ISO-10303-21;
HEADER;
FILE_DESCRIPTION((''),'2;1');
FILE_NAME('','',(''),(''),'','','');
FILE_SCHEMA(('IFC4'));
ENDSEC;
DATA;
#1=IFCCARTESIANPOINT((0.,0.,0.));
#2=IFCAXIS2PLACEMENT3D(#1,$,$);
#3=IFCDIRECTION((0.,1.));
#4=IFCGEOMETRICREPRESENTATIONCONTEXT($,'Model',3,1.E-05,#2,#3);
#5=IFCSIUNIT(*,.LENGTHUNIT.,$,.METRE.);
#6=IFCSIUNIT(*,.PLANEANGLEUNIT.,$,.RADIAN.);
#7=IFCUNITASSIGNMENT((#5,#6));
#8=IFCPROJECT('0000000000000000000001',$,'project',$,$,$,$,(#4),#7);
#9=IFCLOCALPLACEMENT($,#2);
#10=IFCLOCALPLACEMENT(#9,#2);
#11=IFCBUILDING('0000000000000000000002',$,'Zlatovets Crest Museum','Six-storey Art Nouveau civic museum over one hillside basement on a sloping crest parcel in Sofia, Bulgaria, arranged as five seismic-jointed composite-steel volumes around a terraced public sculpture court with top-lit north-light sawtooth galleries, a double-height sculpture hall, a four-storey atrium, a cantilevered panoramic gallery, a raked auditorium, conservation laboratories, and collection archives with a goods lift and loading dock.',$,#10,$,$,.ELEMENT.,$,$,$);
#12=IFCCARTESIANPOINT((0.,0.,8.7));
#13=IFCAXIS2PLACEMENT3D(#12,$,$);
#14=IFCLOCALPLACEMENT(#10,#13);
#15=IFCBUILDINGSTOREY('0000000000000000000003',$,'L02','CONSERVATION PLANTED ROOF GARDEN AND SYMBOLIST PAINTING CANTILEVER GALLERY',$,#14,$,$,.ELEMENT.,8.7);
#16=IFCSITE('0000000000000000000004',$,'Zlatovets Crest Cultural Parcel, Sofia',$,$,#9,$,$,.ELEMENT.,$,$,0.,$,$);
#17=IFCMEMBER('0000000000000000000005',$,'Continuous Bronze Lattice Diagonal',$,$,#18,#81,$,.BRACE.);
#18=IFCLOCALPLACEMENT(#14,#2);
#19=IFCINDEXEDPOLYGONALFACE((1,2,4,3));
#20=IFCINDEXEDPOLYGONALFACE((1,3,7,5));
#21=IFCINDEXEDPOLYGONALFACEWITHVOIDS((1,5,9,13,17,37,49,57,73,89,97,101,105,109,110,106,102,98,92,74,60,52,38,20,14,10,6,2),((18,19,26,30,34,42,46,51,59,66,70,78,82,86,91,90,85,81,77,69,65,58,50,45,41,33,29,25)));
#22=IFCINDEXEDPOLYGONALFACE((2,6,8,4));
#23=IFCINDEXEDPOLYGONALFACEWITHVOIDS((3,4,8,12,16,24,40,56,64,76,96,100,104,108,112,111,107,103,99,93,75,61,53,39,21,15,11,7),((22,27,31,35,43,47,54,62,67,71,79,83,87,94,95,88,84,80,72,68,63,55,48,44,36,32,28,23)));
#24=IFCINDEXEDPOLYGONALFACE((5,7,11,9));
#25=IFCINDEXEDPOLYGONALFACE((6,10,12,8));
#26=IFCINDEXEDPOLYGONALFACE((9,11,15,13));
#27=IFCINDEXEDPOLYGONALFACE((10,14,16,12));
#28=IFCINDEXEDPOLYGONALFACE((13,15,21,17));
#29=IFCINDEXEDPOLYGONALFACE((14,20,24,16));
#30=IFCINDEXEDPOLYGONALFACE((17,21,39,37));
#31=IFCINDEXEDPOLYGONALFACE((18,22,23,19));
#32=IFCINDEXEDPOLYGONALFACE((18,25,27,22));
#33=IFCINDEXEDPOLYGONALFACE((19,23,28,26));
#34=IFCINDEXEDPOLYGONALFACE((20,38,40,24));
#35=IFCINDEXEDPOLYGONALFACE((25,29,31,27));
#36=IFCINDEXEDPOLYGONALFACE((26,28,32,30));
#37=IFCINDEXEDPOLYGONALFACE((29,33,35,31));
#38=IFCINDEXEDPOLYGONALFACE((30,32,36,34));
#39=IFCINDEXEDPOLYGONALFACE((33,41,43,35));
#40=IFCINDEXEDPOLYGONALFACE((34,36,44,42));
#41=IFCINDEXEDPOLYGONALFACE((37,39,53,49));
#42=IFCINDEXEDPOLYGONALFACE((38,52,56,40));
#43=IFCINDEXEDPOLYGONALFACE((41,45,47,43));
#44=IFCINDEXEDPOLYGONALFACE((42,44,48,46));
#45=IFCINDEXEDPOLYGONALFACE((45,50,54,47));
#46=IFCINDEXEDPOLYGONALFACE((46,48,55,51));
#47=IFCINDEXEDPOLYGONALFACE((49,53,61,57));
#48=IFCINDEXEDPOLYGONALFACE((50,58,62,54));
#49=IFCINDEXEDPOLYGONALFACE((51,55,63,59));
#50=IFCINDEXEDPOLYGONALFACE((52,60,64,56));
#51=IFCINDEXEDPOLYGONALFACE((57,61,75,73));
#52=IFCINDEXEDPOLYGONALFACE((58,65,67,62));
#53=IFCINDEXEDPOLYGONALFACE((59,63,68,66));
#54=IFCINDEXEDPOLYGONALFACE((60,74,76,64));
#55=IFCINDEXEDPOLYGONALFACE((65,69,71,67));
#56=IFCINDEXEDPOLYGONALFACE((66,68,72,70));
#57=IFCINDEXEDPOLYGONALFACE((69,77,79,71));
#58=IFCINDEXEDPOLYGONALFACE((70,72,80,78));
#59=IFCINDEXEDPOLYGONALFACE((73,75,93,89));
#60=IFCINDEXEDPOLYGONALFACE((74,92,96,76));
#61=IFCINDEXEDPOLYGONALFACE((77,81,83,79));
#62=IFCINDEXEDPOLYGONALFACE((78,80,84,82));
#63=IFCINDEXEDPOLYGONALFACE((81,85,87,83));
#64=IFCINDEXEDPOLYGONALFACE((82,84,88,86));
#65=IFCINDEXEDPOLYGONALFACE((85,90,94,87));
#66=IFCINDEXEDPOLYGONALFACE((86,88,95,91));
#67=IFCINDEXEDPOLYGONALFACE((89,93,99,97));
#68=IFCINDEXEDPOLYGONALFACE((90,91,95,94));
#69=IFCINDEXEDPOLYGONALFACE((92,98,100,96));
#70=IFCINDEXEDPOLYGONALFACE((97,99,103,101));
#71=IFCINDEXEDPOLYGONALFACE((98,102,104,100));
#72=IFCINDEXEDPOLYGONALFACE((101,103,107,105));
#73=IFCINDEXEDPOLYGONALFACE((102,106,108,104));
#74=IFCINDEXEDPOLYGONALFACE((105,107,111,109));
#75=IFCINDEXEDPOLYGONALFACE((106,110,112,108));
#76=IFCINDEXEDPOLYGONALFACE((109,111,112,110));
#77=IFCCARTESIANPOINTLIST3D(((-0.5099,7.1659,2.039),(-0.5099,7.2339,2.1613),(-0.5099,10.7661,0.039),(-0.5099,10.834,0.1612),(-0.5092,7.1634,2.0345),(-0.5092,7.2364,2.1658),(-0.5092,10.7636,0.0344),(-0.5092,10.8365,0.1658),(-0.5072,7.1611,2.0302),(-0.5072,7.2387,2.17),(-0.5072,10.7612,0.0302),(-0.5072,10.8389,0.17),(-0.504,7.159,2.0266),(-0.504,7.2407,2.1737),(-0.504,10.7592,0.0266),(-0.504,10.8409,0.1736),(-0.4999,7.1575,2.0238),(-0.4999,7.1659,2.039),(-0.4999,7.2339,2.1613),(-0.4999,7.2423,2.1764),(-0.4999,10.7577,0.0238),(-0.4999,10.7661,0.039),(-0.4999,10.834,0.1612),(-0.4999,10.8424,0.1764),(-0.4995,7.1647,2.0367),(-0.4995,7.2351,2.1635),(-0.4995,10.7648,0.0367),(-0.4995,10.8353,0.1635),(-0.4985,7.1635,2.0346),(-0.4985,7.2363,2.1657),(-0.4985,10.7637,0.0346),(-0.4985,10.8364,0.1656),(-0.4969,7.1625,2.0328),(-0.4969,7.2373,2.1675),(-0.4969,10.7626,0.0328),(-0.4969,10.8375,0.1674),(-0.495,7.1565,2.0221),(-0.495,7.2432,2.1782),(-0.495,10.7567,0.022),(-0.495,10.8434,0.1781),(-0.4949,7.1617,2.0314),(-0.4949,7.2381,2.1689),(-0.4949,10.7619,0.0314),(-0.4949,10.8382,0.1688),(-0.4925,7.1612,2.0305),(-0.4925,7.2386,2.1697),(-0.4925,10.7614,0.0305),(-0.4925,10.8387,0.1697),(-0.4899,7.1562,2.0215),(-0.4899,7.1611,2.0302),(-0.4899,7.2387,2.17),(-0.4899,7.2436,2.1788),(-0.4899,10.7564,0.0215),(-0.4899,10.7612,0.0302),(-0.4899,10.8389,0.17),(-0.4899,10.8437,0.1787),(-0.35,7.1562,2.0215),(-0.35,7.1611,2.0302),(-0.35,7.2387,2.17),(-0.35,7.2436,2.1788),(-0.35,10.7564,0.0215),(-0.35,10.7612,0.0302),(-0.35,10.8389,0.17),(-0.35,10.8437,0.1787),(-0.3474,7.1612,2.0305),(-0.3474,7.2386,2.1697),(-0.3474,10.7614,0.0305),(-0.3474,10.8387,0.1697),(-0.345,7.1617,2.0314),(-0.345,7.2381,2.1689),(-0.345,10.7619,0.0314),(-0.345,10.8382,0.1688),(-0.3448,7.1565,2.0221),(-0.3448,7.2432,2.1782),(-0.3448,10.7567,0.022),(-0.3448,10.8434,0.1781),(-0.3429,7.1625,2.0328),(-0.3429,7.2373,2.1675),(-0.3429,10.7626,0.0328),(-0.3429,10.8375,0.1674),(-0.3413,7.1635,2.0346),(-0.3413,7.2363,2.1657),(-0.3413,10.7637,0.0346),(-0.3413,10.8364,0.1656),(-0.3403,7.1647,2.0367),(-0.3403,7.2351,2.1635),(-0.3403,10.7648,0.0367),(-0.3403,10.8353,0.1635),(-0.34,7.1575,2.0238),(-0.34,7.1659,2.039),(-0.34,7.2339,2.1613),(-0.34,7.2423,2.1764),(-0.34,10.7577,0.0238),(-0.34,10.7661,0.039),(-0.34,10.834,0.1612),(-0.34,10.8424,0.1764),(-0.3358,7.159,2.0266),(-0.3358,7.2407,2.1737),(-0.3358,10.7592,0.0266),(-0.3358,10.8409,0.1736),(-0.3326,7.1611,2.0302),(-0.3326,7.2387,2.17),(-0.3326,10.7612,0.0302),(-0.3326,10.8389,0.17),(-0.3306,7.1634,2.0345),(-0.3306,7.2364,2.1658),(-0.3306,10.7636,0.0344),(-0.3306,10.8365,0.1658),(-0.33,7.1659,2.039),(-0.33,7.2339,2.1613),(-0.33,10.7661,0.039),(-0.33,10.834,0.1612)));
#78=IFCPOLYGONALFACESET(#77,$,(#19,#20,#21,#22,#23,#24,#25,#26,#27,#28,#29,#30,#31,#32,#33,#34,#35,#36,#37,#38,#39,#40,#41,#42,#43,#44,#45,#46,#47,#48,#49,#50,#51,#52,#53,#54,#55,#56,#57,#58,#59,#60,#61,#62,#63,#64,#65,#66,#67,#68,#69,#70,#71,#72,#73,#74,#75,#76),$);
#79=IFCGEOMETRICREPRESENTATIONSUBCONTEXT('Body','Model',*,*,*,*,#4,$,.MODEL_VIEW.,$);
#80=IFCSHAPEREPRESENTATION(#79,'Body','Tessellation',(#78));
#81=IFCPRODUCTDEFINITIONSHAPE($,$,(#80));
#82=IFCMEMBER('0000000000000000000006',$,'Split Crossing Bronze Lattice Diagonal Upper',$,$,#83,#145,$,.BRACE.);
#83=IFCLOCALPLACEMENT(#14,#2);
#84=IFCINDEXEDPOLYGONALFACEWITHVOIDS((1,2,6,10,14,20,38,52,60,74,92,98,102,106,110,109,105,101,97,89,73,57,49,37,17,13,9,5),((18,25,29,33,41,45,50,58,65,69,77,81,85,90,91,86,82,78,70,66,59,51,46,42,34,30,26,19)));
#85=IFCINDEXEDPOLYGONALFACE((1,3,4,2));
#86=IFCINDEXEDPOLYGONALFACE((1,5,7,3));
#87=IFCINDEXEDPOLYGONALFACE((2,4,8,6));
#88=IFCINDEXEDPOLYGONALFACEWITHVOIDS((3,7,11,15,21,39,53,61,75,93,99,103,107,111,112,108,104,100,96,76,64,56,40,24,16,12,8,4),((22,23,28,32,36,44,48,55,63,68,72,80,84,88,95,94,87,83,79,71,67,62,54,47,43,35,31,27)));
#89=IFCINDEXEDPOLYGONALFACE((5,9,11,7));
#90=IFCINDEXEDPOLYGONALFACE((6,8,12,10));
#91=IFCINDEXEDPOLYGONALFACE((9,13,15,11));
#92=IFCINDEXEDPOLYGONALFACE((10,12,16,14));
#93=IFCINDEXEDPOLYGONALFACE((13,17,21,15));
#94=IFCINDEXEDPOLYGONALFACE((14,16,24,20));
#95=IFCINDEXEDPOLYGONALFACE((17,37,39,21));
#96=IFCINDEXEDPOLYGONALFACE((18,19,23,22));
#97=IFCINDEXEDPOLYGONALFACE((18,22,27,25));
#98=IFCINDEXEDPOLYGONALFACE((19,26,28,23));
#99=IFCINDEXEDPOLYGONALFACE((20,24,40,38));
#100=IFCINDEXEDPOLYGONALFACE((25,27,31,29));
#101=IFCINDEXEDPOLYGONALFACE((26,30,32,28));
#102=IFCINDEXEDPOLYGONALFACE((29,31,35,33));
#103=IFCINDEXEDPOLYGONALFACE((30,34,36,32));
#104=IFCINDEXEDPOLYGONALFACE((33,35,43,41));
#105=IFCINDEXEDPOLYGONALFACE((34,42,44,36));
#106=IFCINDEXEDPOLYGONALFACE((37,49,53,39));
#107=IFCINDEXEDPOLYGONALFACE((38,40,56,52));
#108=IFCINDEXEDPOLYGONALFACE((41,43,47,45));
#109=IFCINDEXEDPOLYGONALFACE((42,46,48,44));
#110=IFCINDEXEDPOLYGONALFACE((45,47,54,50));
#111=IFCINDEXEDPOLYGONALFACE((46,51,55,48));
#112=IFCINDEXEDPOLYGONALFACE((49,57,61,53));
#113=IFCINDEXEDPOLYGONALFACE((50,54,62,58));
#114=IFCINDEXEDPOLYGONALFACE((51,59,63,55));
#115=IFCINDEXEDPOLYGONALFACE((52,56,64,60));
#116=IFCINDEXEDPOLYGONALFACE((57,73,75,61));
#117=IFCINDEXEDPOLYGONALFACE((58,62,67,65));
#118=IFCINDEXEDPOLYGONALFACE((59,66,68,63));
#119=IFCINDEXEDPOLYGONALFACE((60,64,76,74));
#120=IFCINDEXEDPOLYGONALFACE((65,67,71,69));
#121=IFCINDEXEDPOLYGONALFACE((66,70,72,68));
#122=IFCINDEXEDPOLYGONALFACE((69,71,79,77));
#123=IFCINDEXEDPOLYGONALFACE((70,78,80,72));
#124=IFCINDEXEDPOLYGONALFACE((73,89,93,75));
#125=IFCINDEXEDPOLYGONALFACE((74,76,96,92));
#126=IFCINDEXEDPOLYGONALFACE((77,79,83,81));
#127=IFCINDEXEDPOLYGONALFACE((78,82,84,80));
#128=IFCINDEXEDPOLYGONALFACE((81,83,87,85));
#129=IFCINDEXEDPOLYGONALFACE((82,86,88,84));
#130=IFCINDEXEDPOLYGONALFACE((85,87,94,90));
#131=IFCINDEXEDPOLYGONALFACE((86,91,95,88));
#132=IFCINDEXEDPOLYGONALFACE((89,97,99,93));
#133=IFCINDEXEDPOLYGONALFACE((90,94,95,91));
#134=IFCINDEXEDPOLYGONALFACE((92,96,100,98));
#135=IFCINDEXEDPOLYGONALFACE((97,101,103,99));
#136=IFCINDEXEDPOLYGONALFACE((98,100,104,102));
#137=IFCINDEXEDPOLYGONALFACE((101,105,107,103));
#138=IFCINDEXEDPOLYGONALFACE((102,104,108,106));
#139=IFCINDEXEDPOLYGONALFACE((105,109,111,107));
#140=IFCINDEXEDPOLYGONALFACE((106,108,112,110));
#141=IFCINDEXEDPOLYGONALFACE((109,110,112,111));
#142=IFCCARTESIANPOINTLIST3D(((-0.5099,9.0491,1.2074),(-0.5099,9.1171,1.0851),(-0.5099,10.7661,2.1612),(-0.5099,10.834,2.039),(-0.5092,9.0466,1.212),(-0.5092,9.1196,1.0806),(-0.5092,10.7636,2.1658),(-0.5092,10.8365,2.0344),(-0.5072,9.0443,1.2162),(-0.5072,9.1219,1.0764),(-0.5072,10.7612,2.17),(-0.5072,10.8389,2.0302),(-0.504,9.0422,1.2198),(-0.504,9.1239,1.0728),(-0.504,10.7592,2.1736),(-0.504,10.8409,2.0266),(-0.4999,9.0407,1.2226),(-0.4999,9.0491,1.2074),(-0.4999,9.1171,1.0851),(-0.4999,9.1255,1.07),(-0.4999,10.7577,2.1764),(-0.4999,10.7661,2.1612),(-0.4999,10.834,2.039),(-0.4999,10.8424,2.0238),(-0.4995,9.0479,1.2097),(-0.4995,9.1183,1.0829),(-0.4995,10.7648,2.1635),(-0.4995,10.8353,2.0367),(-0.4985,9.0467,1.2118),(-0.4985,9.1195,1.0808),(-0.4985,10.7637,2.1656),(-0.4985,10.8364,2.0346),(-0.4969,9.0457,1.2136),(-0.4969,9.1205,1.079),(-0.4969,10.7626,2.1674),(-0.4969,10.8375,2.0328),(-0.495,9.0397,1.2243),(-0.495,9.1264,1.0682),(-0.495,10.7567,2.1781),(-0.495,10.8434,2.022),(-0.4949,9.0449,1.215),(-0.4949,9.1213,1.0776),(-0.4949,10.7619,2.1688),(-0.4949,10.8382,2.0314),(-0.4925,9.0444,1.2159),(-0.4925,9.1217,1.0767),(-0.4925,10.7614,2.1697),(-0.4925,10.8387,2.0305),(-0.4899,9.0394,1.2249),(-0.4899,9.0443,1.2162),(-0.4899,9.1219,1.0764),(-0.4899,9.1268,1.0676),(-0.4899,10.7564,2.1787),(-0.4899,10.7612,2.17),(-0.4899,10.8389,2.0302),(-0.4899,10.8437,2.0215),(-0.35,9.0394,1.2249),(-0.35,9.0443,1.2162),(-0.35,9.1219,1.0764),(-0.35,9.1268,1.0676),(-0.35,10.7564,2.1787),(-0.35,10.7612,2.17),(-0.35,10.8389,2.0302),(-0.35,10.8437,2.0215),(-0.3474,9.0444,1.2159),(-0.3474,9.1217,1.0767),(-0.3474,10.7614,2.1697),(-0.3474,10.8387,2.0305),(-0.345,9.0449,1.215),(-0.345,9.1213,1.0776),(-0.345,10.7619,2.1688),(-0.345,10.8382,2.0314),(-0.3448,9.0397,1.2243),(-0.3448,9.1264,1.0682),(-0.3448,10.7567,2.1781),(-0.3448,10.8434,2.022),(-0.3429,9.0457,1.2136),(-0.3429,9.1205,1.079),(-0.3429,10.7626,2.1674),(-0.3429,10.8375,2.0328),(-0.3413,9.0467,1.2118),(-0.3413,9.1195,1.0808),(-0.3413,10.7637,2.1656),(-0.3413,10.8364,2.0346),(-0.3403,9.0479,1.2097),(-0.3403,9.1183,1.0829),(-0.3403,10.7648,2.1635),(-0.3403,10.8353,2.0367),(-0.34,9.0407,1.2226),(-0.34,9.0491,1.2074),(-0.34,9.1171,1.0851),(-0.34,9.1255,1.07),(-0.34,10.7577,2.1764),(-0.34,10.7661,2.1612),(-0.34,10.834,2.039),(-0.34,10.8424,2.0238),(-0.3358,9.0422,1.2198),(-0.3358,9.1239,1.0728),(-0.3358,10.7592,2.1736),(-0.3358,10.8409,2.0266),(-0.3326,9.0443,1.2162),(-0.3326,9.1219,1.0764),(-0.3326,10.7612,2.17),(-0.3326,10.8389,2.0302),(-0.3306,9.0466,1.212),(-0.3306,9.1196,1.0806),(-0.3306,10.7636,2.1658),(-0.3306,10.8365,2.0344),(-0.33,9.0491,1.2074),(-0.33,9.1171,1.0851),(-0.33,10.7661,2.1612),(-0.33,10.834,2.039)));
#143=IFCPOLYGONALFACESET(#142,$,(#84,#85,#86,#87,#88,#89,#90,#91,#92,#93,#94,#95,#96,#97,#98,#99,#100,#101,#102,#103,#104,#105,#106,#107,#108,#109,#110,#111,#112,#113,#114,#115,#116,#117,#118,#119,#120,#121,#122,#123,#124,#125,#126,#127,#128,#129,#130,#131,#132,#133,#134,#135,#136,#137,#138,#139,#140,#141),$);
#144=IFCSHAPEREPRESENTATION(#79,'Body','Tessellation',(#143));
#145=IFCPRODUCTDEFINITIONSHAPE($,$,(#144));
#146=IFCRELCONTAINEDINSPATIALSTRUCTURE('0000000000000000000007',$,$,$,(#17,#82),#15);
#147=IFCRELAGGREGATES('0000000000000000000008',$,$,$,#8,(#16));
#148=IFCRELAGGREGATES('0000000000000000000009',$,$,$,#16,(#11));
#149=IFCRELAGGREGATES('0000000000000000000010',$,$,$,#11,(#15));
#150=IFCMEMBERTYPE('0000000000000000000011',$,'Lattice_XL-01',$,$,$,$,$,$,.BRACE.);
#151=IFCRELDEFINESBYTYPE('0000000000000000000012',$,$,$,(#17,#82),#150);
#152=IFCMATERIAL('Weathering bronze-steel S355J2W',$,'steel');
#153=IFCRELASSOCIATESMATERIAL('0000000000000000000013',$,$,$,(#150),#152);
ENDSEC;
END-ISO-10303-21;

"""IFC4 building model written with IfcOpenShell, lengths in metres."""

from ifc_helpers import new_model, si_unit, direction, frame, origin, origin_2d, place, context, subcontext, project, spatial, hollow_rectangle, extrude, material, material_profile, profile_set, type_object, element, save


model = new_model("IFC4")

# Units and contexts
model_context = context("Model", 3, precision=1e-05, world=origin(), true_north=direction((0.0, 1.0)))
body_context = subcontext(model_context, "Body", "Model", "MODEL_VIEW")
ifc_project = project(units=[si_unit("LENGTHUNIT", "METRE"), si_unit("PLANEANGLEUNIT", "RADIAN")], contexts=[model_context])

# Site, building, storey
site_placement = place(None, origin())
site = spatial("IfcSite", under=ifc_project, at=site_placement, Name="Zlatovets Crest Cultural Parcel, Sofia", CompositionType="ELEMENT", RefElevation=0.0)
building_placement = place(site_placement, origin())
building = spatial("IfcBuilding", under=site, at=building_placement, Name="Zlatovets Crest Museum", Description="Six-storey Art Nouveau civic museum over one hillside basement on a sloping crest parcel in Sofia, Bulgaria, arranged as five seismic-jointed composite-steel volumes around a terraced public sculpture court with top-lit north-light sawtooth galleries, a double-height sculpture hall, a four-storey atrium, a cantilevered panoramic gallery, a raked auditorium, conservation laboratories, and collection archives with a goods lift and loading dock.", CompositionType="ELEMENT")
storey_placement = place(building_placement, frame((0.0, 0.0, 8.7)))
storey = spatial("IfcBuildingStorey", under=building, at=storey_placement, Name="L02", Description="CONSERVATION PLANTED ROOF GARDEN AND SYMBOLIST PAINTING CANTILEVER GALLERY", CompositionType="ELEMENT", Elevation=8.7)

# Members
ifc_material_1 = material(Name="Weathering bronze-steel S355J2W", Category="steel")
ifc_material_profile_1 = material_profile(ifc_material_1, hollow_rectangle(XDim=0.1799, YDim=0.1799, WallThickness=0.01, InnerFilletRadius=0.01, OuterFilletRadius=0.02, at=origin_2d()), Name="SHS 180x180x10.0")
ifc_profile_set_1 = profile_set([ifc_material_profile_1], Name="Weathering bronze-steel S355J2W")
member_type_1 = type_object("IfcMemberType", Name="Lattice_XL-01", PredefinedType="BRACE", material=ifc_profile_set_1)
member_1_placement = place(storey_placement, frame((-0.4199, 10.8, 0.1001), z_axis=(0.0, -0.874163, 0.485633), x_axis=(1.0, 0.0, 0.0)))
element("IfcMember", 1, at=member_1_placement, inside=storey, type_object=member_type_1, Name="Continuous Bronze Lattice Diagonal", PredefinedType="BRACE", context=body_context, shape_type="SweptSolid", body=[
    extrude(hollow_rectangle(XDim=0.1799, YDim=0.1799, WallThickness=0.01, InnerFilletRadius=0.01, OuterFilletRadius=0.02, at=origin_2d()), origin(), (0.0, 0.0, 1.0), 4.1184),
])
for number, where, z_axis, x_axis, name in (
    (2, (-0.4199, 10.8, 2.1001), (0.0, -0.874169, -0.485622), (1.0, 0.0, 0.0), "Split Crossing Bronze Lattice Diagonal Upper"),
):
    element("IfcMember", number, at=place(storey_placement, frame(where, z_axis=z_axis, x_axis=x_axis)), inside=storey, type_object=member_type_1, Name=name, PredefinedType="BRACE", context=body_context, shape_type="SweptSolid", body=[
        extrude(hollow_rectangle(XDim=0.1799, YDim=0.1799, WallThickness=0.01, InnerFilletRadius=0.01, OuterFilletRadius=0.02, at=origin_2d()), origin(), (0.0, 0.0, 1.0), 1.9641),
    ])

save(model, "model.ifc")
